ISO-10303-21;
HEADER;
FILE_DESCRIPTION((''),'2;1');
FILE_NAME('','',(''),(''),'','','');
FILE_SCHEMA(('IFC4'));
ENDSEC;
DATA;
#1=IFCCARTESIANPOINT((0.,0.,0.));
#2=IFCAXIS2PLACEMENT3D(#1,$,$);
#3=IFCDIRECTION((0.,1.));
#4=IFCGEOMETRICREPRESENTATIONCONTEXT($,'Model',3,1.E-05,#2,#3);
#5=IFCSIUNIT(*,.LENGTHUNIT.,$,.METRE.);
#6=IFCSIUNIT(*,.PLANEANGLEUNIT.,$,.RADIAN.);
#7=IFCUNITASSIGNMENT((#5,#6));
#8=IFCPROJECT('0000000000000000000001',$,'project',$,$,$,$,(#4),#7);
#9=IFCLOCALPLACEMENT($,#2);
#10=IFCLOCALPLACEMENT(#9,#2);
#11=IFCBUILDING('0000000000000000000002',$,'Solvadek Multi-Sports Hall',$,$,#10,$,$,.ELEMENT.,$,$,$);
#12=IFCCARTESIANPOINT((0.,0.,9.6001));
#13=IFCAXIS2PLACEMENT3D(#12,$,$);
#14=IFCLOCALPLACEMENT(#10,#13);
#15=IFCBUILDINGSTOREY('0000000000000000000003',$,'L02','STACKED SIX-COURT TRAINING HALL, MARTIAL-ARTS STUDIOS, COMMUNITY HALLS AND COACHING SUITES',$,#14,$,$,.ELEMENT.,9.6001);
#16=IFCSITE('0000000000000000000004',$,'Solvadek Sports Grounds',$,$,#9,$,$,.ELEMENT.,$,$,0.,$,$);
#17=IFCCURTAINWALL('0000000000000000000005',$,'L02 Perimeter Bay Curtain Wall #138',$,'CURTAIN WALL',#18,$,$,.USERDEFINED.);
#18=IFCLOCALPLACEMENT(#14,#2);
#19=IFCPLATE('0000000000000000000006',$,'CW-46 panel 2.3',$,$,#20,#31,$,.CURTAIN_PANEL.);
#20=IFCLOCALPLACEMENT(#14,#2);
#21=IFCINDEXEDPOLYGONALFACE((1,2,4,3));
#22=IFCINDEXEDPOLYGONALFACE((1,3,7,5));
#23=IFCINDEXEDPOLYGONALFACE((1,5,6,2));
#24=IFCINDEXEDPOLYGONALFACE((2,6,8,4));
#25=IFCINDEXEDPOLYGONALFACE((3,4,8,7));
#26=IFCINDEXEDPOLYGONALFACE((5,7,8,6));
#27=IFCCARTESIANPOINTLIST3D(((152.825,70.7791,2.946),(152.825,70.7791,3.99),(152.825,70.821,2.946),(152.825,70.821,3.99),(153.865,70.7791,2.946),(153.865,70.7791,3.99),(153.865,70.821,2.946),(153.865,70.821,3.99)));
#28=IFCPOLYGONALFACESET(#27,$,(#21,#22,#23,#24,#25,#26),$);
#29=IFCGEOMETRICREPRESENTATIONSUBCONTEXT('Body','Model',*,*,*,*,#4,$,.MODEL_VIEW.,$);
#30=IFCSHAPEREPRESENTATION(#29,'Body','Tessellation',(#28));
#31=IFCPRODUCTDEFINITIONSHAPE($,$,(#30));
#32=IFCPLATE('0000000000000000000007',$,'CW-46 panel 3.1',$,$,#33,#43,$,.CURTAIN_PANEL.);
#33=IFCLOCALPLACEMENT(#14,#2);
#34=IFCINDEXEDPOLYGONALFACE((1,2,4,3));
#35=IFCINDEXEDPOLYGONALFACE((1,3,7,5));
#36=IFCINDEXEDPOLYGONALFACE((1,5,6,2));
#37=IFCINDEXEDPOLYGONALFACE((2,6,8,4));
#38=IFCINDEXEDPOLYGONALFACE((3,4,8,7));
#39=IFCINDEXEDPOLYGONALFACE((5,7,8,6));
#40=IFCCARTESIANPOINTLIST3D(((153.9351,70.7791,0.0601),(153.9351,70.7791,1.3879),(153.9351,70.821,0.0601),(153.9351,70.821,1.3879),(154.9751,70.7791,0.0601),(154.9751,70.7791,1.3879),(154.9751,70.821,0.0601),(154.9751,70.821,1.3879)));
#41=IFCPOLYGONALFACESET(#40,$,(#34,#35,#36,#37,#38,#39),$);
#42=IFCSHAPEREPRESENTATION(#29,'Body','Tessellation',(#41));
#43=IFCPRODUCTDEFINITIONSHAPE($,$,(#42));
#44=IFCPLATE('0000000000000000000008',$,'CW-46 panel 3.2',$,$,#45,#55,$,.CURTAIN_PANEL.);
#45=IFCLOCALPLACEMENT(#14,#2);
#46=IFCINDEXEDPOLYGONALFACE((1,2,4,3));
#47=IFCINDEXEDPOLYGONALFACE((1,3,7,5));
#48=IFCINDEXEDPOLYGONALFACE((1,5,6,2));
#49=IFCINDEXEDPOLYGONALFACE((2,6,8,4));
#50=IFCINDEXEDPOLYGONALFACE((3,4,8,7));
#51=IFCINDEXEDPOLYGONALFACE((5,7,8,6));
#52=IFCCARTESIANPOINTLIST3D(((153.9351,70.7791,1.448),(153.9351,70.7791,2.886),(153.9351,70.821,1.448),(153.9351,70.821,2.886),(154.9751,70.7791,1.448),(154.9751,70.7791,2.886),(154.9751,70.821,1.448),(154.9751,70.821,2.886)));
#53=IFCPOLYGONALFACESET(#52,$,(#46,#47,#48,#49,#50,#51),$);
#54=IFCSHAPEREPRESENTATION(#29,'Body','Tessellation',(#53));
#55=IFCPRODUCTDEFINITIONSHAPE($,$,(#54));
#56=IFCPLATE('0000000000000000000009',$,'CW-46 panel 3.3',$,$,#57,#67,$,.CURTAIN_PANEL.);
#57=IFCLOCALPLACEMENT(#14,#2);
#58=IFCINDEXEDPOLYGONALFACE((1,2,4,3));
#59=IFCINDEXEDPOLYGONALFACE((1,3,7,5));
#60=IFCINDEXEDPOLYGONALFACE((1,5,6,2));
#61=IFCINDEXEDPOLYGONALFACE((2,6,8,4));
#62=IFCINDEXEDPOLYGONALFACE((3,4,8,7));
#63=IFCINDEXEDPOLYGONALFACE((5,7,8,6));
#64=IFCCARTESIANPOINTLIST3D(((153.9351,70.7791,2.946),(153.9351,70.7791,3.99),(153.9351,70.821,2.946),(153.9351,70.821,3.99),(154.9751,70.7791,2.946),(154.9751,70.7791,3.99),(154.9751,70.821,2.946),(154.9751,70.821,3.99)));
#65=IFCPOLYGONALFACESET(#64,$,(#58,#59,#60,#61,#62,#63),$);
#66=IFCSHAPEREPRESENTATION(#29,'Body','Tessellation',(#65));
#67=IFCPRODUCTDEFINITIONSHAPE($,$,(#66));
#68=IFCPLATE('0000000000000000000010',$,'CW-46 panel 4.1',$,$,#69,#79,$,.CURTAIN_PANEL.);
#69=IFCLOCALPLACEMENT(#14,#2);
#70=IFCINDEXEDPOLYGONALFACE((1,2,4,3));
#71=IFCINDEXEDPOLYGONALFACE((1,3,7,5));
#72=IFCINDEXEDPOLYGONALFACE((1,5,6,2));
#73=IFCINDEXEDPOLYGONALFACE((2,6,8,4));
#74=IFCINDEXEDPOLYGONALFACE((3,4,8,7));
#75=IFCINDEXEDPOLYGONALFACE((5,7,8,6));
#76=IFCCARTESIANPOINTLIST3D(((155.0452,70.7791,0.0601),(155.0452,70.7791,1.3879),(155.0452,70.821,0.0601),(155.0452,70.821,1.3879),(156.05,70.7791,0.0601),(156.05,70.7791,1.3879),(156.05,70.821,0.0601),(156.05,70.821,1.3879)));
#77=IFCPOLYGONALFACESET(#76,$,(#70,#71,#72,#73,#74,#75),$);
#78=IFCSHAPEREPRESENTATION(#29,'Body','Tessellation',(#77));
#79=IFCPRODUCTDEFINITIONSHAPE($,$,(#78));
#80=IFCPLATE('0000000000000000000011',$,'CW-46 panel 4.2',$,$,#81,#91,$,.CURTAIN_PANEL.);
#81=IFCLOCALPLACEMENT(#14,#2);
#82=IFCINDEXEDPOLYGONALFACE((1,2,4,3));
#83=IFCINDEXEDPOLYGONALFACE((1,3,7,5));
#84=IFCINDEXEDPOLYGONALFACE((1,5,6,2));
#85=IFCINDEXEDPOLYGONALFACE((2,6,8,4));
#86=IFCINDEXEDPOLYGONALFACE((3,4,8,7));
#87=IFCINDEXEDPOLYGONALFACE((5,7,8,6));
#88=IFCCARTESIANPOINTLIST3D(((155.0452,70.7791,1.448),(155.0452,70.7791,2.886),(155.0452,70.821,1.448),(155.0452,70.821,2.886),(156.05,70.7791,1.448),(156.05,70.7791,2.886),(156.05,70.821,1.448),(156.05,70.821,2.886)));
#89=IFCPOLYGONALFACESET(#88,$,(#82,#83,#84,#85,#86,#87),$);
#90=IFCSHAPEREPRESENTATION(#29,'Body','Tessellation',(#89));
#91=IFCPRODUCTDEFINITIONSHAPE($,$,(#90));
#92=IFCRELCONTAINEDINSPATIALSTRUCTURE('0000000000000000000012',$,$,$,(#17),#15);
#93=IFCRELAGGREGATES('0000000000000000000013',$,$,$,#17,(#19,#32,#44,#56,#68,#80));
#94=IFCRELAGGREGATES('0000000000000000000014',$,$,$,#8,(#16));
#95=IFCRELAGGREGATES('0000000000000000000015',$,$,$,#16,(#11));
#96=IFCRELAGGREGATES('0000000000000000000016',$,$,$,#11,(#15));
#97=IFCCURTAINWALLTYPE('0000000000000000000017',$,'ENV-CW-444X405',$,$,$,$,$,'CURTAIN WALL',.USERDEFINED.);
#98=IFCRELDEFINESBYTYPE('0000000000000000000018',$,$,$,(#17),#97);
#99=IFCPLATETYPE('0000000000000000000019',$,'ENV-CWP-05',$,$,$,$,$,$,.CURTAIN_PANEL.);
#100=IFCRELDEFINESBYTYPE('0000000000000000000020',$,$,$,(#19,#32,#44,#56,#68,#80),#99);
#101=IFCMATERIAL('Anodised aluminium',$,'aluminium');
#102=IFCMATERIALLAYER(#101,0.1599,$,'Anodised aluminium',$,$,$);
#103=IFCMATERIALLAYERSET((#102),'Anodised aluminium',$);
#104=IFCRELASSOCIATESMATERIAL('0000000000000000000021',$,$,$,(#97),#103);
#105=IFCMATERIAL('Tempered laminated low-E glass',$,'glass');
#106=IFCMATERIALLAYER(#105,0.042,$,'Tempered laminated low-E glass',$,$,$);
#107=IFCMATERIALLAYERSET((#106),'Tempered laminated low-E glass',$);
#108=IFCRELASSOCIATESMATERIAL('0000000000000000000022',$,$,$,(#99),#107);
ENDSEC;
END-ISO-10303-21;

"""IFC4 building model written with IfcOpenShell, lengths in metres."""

from ifc_helpers import new_model, si_unit, direction, frame, origin, origin_2d, place, context, subcontext, project, spatial, rectangle, extrude, material, layer, layer_set, type_object, element, aggregate, save


model = new_model("IFC4")

# Units and contexts
model_context = context("Model", 3, precision=1e-05, world=origin(), true_north=direction((0.0, 1.0)))
body_context = subcontext(model_context, "Body", "Model", "MODEL_VIEW")
ifc_project = project(units=[si_unit("LENGTHUNIT", "METRE"), si_unit("PLANEANGLEUNIT", "RADIAN")], contexts=[model_context])

# Site, building, storey
site_placement = place(None, origin())
site = spatial("IfcSite", under=ifc_project, at=site_placement, Name="Solvadek Sports Grounds", CompositionType="ELEMENT", RefElevation=0.0)
building_placement = place(site_placement, origin())
building = spatial("IfcBuilding", under=site, at=building_placement, Name="Solvadek Multi-Sports Hall", CompositionType="ELEMENT")
storey_placement = place(building_placement, frame((0.0, 0.0, 9.6001)))
storey = spatial("IfcBuildingStorey", under=building, at=storey_placement, Name="L02", Description="STACKED SIX-COURT TRAINING HALL, MARTIAL-ARTS STUDIOS, COMMUNITY HALLS AND COACHING SUITES", CompositionType="ELEMENT", Elevation=9.6001)

# Curtain wall, plates
ifc_material_1 = material(Name="Anodised aluminium", Category="aluminium")
ifc_layer_1 = layer(ifc_material_1, 0.1599, Name="Anodised aluminium")
ifc_layer_set_1 = layer_set([ifc_layer_1], Name="Anodised aluminium")
curtain_wall_type = type_object("IfcCurtainWallType", Name="ENV-CW-444X405", ElementType="CURTAIN WALL", PredefinedType="USERDEFINED", material=ifc_layer_set_1)
curtain_wall_placement = place(storey_placement, origin())
curtain_wall = element("IfcCurtainWall", 1, at=curtain_wall_placement, inside=storey, type_object=curtain_wall_type, Name="L02 Perimeter Bay Curtain Wall #138", ObjectType="CURTAIN WALL", PredefinedType="USERDEFINED")
ifc_material_2 = material(Name="Tempered laminated low-E glass", Category="glass")
ifc_layer_2 = layer(ifc_material_2, 0.042, Name="Tempered laminated low-E glass")
ifc_layer_set_2 = layer_set([ifc_layer_2], Name="Tempered laminated low-E glass")
plate_type = type_object("IfcPlateType", Name="ENV-CWP-05", PredefinedType="CURTAIN_PANEL", material=ifc_layer_set_2)
plate_1_placement = place(storey_placement, frame((153.345, 70.8, 2.946), z_axis=(0.0, 0.0, 1.0), x_axis=(1.0, 0.0, 0.0)))
plate_1 = element("IfcPlate", 2, at=plate_1_placement, type_object=plate_type, Name="CW-46 panel 2.3", PredefinedType="CURTAIN_PANEL", context=body_context, shape_type="SweptSolid", body=[
    extrude(rectangle(XDim=1.04, YDim=0.042, at=origin_2d()), origin(), (0.0, 0.0, 1.0), 1.0439),
])
plate_2_placement = place(storey_placement, frame((154.4551, 70.8, 0.0601), z_axis=(0.0, 0.0, 1.0), x_axis=(1.0, 0.0, 0.0)))
plate_2 = element("IfcPlate", 3, at=plate_2_placement, type_object=plate_type, Name="CW-46 panel 3.1", PredefinedType="CURTAIN_PANEL", context=body_context, shape_type="SweptSolid", body=[
    extrude(rectangle(XDim=1.04, YDim=0.042, at=origin_2d()), origin(), (0.0, 0.0, 1.0), 1.3279),
])
plate_3_placement = place(storey_placement, frame((154.4551, 70.8, 1.448), z_axis=(0.0, 0.0, 1.0), x_axis=(1.0, 0.0, 0.0)))
plate_3 = element("IfcPlate", 4, at=plate_3_placement, type_object=plate_type, Name="CW-46 panel 3.2", PredefinedType="CURTAIN_PANEL", context=body_context, shape_type="SweptSolid", body=[
    extrude(rectangle(XDim=1.04, YDim=0.042, at=origin_2d()), origin(), (0.0, 0.0, 1.0), 1.438),
])
plate_4_placement = place(storey_placement, frame((154.4551, 70.8, 2.946), z_axis=(0.0, 0.0, 1.0), x_axis=(1.0, 0.0, 0.0)))
plate_4 = element("IfcPlate", 5, at=plate_4_placement, type_object=plate_type, Name="CW-46 panel 3.3", PredefinedType="CURTAIN_PANEL", context=body_context, shape_type="SweptSolid", body=[
    extrude(rectangle(XDim=1.04, YDim=0.042, at=origin_2d()), origin(), (0.0, 0.0, 1.0), 1.0439),
])
plate_5_placement = place(storey_placement, frame((155.5476, 70.8, 0.0601), z_axis=(0.0, 0.0, 1.0), x_axis=(1.0, 0.0, 0.0)))
plate_5 = element("IfcPlate", 6, at=plate_5_placement, type_object=plate_type, Name="CW-46 panel 4.1", PredefinedType="CURTAIN_PANEL", context=body_context, shape_type="SweptSolid", body=[
    extrude(rectangle(XDim=1.0049, YDim=0.042, at=origin_2d()), origin(), (0.0, 0.0, 1.0), 1.3279),
])
plate_6_placement = place(storey_placement, frame((155.5476, 70.8, 1.448), z_axis=(0.0, 0.0, 1.0), x_axis=(1.0, 0.0, 0.0)))
plate_6 = element("IfcPlate", 7, at=plate_6_placement, type_object=plate_type, Name="CW-46 panel 4.2", PredefinedType="CURTAIN_PANEL", context=body_context, shape_type="SweptSolid", body=[
    extrude(rectangle(XDim=1.0049, YDim=0.042, at=origin_2d()), origin(), (0.0, 0.0, 1.0), 1.438),
])
aggregate(curtain_wall, [plate_1, plate_2, plate_3, plate_4, plate_5, plate_6])

save(model, "model.ifc")
